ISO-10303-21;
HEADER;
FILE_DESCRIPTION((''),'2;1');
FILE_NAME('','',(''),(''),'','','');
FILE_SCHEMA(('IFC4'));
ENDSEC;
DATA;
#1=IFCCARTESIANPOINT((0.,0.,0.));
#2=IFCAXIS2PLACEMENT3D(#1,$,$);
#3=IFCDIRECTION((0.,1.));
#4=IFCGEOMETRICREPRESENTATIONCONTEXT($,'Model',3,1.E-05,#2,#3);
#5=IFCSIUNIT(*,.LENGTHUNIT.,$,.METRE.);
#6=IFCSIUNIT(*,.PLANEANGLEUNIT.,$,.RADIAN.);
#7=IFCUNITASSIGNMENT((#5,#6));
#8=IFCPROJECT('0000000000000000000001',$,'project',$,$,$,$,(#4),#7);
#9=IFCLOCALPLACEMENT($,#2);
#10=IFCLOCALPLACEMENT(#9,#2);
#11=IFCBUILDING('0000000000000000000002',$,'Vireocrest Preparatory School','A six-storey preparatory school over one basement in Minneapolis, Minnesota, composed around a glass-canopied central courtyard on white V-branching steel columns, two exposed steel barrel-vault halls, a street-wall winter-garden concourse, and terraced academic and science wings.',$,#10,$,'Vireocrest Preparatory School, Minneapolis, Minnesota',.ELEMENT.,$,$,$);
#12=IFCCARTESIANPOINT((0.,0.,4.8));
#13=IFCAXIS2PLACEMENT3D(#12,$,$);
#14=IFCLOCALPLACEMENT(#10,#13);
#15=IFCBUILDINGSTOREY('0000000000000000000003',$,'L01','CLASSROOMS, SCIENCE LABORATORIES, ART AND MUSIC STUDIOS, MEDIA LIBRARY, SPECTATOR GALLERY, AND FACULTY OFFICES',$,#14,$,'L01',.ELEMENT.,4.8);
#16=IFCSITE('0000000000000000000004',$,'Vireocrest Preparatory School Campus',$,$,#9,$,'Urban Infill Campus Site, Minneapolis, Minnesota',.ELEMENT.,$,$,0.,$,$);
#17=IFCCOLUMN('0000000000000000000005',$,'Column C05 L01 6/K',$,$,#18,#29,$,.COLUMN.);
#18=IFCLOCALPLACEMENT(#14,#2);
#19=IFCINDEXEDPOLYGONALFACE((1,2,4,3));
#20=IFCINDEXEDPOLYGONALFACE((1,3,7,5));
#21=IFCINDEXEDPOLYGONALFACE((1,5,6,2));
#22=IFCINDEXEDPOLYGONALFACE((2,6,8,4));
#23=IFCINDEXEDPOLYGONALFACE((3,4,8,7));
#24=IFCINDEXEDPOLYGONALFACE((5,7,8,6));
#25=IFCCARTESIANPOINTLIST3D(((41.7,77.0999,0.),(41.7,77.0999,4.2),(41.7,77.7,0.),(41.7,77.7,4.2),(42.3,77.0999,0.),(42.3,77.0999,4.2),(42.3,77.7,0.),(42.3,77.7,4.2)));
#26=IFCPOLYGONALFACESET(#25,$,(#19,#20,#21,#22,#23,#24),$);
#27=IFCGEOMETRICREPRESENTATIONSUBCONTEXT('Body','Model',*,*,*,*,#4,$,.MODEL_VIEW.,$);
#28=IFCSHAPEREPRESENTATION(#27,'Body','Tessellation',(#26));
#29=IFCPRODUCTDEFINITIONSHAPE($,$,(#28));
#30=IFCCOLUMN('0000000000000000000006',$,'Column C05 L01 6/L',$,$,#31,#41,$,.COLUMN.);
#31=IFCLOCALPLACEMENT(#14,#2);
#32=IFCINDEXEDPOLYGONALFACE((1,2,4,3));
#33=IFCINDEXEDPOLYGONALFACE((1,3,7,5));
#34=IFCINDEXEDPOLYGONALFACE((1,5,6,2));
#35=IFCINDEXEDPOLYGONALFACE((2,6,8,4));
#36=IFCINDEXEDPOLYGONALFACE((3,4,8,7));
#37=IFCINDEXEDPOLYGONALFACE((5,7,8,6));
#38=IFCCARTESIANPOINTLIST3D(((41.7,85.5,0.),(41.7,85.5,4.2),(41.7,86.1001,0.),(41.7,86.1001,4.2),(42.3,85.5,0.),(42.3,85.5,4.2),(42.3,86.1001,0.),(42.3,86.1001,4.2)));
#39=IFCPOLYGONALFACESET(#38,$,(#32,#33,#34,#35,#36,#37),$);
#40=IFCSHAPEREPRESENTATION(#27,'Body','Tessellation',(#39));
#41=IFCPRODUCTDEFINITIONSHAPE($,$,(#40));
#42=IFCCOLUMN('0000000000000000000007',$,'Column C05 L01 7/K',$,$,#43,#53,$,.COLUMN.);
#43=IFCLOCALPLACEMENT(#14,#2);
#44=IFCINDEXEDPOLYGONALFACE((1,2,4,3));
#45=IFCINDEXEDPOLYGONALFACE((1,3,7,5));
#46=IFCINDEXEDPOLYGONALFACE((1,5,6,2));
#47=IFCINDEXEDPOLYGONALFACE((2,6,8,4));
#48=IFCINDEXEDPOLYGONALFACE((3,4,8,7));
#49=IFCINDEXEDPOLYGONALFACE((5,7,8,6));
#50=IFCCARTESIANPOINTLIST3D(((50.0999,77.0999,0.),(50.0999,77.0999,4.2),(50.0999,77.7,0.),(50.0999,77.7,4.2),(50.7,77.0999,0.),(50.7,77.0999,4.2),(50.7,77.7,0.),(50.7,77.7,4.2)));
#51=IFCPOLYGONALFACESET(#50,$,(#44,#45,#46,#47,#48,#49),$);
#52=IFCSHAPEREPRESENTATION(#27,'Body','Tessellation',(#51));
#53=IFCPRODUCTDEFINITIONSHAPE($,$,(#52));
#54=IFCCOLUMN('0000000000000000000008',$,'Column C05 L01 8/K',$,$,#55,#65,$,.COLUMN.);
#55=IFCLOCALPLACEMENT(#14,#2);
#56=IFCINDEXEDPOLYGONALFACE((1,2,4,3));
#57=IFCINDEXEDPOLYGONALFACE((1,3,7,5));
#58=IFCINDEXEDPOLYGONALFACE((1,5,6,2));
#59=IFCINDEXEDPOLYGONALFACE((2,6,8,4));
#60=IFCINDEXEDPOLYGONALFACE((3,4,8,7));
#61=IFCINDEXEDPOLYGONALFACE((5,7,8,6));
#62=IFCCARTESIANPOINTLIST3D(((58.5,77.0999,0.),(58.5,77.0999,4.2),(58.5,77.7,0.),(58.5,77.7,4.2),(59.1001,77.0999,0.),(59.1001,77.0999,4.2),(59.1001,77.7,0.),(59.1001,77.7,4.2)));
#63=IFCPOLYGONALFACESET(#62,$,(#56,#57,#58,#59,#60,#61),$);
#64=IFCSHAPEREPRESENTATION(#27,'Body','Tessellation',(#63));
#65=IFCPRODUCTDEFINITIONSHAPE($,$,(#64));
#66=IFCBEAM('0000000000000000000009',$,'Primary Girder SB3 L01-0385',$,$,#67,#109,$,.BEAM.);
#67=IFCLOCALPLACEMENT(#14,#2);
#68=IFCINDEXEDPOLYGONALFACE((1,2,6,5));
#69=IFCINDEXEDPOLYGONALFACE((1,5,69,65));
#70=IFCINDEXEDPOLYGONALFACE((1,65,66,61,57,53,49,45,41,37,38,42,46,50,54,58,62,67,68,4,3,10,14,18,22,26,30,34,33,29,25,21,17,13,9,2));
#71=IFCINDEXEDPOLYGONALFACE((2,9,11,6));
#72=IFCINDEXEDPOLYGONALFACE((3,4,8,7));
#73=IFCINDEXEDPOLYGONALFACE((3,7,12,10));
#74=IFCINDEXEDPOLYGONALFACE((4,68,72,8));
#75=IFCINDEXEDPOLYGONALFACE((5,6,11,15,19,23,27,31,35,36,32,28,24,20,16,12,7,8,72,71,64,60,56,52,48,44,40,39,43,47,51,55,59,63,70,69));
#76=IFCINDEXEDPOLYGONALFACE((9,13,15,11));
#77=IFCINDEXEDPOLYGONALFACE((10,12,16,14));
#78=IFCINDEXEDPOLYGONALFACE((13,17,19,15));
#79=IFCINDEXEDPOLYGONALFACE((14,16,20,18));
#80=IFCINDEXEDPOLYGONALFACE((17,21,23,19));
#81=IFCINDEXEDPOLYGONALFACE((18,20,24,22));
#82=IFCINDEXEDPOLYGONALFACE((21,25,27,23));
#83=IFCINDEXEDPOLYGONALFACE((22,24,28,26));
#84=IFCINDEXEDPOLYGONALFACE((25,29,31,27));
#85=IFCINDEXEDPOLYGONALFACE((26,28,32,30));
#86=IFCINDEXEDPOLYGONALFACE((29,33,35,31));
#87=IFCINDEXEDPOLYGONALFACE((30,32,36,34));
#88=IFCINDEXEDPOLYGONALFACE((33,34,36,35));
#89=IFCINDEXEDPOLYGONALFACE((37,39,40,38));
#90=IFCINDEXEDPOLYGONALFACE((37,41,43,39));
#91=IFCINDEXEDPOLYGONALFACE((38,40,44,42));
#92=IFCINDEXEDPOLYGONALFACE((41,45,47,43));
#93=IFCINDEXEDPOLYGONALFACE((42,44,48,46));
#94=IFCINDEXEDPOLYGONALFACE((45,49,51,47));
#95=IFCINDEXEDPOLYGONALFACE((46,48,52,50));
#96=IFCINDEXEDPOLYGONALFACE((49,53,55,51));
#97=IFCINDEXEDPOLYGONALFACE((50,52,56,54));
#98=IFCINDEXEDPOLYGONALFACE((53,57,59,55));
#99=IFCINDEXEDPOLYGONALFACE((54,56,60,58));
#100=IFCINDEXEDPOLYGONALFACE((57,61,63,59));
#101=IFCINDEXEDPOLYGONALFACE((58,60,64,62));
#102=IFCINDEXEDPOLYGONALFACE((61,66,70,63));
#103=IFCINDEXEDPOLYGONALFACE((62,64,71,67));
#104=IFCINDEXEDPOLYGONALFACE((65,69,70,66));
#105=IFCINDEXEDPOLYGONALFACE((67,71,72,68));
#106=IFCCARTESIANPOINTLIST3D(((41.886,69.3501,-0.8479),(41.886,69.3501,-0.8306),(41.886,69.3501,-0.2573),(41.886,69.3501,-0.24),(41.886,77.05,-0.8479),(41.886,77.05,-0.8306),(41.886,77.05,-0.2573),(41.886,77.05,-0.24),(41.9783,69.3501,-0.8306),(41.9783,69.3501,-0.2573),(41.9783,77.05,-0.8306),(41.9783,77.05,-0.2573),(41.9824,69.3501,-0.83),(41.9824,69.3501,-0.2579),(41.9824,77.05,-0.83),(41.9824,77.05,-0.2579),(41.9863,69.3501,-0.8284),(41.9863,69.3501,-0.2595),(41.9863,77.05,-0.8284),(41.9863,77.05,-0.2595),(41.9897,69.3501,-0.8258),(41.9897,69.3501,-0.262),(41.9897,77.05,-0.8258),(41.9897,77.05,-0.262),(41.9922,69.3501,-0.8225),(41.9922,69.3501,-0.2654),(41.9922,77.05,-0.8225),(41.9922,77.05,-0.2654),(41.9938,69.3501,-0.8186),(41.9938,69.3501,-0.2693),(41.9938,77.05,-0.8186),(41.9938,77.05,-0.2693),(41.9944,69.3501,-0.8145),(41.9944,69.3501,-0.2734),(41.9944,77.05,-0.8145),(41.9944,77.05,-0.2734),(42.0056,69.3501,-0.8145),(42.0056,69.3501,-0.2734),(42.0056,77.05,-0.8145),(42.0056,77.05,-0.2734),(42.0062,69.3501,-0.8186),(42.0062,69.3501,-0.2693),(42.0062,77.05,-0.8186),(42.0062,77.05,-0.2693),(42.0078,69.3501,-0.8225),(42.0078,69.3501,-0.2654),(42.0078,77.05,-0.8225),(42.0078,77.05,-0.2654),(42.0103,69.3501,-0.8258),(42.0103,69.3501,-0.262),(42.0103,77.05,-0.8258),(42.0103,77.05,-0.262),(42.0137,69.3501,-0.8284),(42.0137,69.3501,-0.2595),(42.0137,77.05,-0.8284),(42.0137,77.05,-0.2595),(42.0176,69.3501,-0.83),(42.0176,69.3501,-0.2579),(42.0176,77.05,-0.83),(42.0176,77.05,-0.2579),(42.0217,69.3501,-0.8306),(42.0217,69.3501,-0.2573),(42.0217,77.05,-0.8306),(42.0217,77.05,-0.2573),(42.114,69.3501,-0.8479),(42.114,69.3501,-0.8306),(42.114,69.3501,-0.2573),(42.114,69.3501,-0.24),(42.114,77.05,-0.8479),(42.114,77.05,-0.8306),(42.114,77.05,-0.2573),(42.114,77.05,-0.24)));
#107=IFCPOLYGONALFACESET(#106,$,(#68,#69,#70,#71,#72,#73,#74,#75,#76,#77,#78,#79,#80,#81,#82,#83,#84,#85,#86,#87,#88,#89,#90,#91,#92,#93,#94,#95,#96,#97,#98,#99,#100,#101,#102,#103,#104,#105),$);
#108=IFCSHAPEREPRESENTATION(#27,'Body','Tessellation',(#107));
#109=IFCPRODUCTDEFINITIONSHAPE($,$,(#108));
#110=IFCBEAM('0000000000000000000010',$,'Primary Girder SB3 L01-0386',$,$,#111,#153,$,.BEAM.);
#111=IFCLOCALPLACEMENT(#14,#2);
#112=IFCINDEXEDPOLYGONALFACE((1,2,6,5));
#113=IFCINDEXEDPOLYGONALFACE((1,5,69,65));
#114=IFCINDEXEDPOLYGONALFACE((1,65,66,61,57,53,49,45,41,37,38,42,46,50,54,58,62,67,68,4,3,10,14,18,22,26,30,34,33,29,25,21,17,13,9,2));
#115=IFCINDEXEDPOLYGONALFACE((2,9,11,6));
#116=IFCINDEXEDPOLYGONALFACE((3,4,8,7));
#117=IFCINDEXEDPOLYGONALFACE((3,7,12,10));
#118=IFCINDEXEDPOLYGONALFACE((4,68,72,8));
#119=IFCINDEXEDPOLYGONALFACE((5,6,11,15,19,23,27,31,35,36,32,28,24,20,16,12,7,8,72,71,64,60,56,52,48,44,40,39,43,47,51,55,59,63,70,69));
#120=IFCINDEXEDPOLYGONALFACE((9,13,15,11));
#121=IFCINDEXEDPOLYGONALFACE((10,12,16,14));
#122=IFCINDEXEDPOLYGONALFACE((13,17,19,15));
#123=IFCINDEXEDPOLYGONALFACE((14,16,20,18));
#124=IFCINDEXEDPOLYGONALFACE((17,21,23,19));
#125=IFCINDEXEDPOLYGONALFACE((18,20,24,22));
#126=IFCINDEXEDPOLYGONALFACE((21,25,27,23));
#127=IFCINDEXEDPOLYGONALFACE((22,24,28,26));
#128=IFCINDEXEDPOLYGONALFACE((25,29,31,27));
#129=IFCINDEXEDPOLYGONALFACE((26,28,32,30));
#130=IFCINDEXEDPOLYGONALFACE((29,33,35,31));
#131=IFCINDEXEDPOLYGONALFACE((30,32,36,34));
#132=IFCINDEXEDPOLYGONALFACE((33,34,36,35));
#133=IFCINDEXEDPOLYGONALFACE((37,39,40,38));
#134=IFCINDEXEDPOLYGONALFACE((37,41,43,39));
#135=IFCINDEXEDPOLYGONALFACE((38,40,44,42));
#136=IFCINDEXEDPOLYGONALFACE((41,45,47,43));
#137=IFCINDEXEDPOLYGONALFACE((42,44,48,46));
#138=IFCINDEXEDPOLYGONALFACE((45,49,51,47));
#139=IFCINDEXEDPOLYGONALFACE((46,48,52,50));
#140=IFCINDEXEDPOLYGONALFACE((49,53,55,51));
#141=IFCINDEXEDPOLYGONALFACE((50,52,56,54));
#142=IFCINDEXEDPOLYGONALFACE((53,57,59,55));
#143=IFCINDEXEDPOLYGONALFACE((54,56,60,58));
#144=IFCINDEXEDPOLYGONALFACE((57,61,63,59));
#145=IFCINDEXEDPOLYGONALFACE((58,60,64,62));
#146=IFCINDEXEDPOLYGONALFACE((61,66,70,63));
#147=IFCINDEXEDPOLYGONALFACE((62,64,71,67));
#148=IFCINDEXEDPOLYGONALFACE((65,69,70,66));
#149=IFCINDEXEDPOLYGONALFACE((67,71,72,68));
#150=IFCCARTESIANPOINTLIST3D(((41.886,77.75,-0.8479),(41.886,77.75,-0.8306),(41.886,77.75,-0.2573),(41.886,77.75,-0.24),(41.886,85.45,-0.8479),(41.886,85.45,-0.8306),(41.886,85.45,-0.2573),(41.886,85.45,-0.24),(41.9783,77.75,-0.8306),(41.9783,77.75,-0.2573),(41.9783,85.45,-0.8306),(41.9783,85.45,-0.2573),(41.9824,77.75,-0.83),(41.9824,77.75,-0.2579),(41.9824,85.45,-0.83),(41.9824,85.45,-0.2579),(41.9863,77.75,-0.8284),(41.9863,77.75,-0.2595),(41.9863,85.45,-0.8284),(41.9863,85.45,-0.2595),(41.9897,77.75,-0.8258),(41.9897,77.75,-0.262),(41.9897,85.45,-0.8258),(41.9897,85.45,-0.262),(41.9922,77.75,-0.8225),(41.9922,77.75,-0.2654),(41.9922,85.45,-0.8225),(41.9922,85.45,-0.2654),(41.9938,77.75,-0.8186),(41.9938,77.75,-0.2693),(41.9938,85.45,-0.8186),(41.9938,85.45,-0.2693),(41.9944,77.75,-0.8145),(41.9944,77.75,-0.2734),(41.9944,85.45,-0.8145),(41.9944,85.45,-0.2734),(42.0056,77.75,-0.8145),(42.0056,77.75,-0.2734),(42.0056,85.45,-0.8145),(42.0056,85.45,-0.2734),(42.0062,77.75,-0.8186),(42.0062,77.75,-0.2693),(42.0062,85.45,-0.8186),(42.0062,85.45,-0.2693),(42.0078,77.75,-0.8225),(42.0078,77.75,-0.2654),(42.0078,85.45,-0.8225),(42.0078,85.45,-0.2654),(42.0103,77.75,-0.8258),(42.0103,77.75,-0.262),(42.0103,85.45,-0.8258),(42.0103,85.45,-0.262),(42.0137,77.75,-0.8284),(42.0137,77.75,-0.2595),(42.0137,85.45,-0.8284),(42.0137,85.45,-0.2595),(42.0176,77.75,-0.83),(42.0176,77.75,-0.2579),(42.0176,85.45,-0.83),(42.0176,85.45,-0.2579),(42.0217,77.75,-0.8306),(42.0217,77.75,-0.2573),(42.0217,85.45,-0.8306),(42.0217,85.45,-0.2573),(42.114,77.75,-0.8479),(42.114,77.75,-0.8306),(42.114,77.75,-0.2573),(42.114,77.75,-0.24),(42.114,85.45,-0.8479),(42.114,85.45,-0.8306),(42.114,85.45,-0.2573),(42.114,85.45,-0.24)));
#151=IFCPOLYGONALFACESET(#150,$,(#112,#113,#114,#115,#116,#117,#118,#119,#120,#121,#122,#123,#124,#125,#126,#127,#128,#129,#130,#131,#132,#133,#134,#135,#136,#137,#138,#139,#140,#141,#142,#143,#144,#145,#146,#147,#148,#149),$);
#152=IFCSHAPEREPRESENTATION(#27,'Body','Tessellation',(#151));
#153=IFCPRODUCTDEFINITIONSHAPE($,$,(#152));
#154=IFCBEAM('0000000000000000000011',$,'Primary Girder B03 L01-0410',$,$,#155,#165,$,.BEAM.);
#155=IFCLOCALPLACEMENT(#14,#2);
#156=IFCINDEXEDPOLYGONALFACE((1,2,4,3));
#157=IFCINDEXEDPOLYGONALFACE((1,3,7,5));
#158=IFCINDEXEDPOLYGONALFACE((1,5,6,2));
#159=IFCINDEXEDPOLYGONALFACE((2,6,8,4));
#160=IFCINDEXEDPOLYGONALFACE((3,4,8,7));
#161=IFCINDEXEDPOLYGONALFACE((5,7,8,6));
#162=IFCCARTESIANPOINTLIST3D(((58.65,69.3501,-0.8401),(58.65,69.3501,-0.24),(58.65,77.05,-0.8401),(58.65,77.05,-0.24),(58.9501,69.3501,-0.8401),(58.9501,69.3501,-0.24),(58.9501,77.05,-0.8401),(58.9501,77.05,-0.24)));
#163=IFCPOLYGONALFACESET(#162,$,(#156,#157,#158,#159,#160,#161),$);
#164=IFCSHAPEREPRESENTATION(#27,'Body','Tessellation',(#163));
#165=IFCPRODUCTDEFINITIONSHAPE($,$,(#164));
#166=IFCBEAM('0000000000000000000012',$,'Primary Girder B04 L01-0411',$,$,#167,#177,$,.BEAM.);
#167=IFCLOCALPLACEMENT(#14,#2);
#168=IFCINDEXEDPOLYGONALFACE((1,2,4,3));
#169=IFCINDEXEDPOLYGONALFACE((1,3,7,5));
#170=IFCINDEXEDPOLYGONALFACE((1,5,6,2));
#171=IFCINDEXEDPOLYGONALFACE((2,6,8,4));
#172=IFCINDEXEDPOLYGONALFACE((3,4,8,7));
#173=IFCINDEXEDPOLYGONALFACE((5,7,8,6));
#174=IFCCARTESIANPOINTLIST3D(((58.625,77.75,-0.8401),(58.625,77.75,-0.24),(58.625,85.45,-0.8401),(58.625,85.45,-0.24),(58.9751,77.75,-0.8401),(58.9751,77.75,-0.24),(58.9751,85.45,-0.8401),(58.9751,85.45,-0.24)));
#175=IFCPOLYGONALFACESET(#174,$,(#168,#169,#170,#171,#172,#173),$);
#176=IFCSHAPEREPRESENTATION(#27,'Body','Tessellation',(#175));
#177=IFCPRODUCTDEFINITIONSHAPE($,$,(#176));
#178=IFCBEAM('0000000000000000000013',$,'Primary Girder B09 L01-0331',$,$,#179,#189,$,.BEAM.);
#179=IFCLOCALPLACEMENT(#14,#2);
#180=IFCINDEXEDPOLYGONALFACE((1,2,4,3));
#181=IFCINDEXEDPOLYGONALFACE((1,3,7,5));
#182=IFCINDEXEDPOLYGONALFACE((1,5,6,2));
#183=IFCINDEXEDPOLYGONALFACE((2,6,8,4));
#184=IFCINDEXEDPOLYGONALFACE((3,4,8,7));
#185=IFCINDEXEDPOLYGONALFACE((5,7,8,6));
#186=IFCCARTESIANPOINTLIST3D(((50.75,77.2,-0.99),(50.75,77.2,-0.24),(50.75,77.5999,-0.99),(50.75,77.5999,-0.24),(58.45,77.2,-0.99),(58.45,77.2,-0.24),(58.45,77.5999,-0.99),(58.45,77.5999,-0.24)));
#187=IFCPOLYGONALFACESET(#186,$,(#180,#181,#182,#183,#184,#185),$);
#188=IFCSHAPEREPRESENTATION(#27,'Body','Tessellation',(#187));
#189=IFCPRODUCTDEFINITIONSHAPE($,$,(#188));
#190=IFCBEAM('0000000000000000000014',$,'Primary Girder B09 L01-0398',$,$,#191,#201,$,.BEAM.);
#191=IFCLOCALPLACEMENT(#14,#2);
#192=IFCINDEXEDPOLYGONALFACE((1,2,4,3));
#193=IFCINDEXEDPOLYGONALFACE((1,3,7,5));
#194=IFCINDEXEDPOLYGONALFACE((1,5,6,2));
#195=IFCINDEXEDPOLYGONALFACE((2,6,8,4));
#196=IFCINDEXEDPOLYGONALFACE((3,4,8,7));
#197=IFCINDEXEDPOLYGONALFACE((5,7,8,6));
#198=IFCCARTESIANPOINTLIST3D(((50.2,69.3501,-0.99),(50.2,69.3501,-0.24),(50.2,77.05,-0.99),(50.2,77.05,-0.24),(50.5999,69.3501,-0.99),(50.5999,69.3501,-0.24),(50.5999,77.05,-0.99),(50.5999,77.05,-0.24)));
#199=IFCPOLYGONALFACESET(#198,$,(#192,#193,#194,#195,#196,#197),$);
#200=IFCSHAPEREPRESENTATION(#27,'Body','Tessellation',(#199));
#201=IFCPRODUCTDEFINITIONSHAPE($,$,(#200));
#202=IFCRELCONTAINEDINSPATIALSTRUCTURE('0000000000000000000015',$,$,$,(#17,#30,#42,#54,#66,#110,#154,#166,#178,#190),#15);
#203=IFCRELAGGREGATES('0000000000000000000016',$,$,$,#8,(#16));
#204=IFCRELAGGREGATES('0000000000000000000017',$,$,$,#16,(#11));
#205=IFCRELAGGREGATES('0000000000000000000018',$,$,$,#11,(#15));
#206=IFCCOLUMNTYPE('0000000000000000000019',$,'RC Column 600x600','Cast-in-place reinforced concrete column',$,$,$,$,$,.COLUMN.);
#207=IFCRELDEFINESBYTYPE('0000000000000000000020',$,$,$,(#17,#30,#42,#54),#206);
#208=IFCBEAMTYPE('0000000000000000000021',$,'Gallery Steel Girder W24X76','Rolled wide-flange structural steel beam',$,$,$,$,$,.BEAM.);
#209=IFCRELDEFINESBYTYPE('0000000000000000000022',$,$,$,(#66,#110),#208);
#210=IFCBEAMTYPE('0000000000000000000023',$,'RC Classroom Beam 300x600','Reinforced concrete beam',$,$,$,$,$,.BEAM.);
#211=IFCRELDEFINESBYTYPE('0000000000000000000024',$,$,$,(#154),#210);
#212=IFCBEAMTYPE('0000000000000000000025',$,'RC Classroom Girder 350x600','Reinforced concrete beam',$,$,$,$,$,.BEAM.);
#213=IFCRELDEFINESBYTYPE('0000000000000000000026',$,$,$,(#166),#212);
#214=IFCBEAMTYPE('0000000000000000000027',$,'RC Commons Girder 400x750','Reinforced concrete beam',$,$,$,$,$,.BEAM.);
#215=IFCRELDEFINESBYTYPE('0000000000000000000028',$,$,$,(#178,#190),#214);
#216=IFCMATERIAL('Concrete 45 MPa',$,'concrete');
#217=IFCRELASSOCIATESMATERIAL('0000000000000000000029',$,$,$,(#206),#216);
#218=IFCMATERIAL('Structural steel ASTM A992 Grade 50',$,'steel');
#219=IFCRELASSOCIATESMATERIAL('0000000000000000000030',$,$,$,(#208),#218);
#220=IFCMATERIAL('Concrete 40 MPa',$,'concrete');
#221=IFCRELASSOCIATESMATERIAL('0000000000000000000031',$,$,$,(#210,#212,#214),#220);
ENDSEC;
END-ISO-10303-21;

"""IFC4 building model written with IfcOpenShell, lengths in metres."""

from ifc_helpers import new_model, si_unit, direction, frame, origin, origin_2d, place, context, subcontext, project, spatial, rectangle, i_section, extrude, material, material_profile, profile_set, type_object, element, save


model = new_model("IFC4")

# Units and contexts
model_context = context("Model", 3, precision=1e-05, world=origin(), true_north=direction((0.0, 1.0)))
body_context = subcontext(model_context, "Body", "Model", "MODEL_VIEW")
ifc_project = project(units=[si_unit("LENGTHUNIT", "METRE"), si_unit("PLANEANGLEUNIT", "RADIAN")], contexts=[model_context])

# Site, building, storey
site_placement = place(None, origin())
site = spatial("IfcSite", under=ifc_project, at=site_placement, Name="Vireocrest Preparatory School Campus", LongName="Urban Infill Campus Site, Minneapolis, Minnesota", CompositionType="ELEMENT", RefElevation=0.0)
building_placement = place(site_placement, origin())
building = spatial("IfcBuilding", under=site, at=building_placement, Name="Vireocrest Preparatory School", Description="A six-storey preparatory school over one basement in Minneapolis, Minnesota, composed around a glass-canopied central courtyard on white V-branching steel columns, two exposed steel barrel-vault halls, a street-wall winter-garden concourse, and terraced academic and science wings.", LongName="Vireocrest Preparatory School, Minneapolis, Minnesota", CompositionType="ELEMENT")
storey_placement = place(building_placement, frame((0.0, 0.0, 4.8)))
storey = spatial("IfcBuildingStorey", under=building, at=storey_placement, Name="L01", Description="CLASSROOMS, SCIENCE LABORATORIES, ART AND MUSIC STUDIOS, MEDIA LIBRARY, SPECTATOR GALLERY, AND FACULTY OFFICES", LongName="L01", CompositionType="ELEMENT", Elevation=4.8)

# Columns
ifc_material_1 = material(Name="Concrete 45 MPa", Category="concrete")
ifc_material_profile_1 = material_profile(ifc_material_1, rectangle(XDim=0.6001, YDim=0.6001, at=origin_2d()), Name="RC 600x600")
ifc_profile_set_1 = profile_set([ifc_material_profile_1], Name="Concrete 45 MPa")
column_type = type_object("IfcColumnType", Name="RC Column 600x600", Description="Cast-in-place reinforced concrete column", PredefinedType="COLUMN", material=ifc_profile_set_1)
for number, where, z_axis, x_axis, name in (
    (1, (42.0, 77.3999, 0.0), (0.0, 0.0, 1.0), (1.0, 0.0, 0.0), "Column C05 L01 6/K"),
    (2, (42.0, 85.8, 0.0), (0.0, 0.0, 1.0), (1.0, 0.0, 0.0), "Column C05 L01 6/L"),
    (3, (50.3999, 77.3999, 0.0), (0.0, 0.0, 1.0), (1.0, 0.0, 0.0), "Column C05 L01 7/K"),
    (4, (58.8, 77.3999, 0.0), (0.0, 0.0, 1.0), (1.0, 0.0, 0.0), "Column C05 L01 8/K"),
):
    element("IfcColumn", number, at=place(storey_placement, frame(where, z_axis=z_axis, x_axis=x_axis)), inside=storey, type_object=column_type, Name=name, PredefinedType="COLUMN", context=body_context, shape_type="SweptSolid", body=[
        extrude(rectangle(XDim=0.6001, YDim=0.6001, at=origin_2d()), origin(), (0.0, 0.0, 1.0), 4.2),
    ])

# Beams
ifc_material_2 = material(Name="Structural steel ASTM A992 Grade 50", Category="steel")
ifc_material_profile_2 = material_profile(ifc_material_2, i_section(OverallWidth=0.228, OverallDepth=0.6079, WebThickness=0.0112, FlangeThickness=0.0173, FilletRadius=0.0161, at=origin_2d()), Name="W24X76")
ifc_profile_set_2 = profile_set([ifc_material_profile_2], Name="Structural steel ASTM A992 Grade 50")
beam_type_1 = type_object("IfcBeamType", Name="Gallery Steel Girder W24X76", Description="Rolled wide-flange structural steel beam", PredefinedType="BEAM", material=ifc_profile_set_2)
for number, where, z_axis, x_axis, name in (
    (5, (42.0, 69.3501, -0.5439), (0.0, 1.0, 0.0), (-1.0, 0.0, 0.0), "Primary Girder SB3 L01-0385"),
    (6, (42.0, 77.75, -0.5439), (0.0, 1.0, 0.0), (-1.0, 0.0, 0.0), "Primary Girder SB3 L01-0386"),
):
    element("IfcBeam", number, at=place(storey_placement, frame(where, z_axis=z_axis, x_axis=x_axis)), inside=storey, type_object=beam_type_1, Name=name, PredefinedType="BEAM", context=body_context, shape_type="SweptSolid", body=[
        extrude(i_section(OverallWidth=0.228, OverallDepth=0.6079, WebThickness=0.0112, FlangeThickness=0.0173, FilletRadius=0.0161, at=origin_2d()), origin(), (0.0, 0.0, 1.0), 7.7),
    ])
ifc_material_3 = material(Name="Concrete 40 MPa", Category="concrete")
ifc_material_profile_3 = material_profile(ifc_material_3, rectangle(XDim=0.3, YDim=0.6001, at=origin_2d()), Name="RC 300x600")
ifc_profile_set_3 = profile_set([ifc_material_profile_3], Name="Concrete 40 MPa")
beam_type_2 = type_object("IfcBeamType", Name="RC Classroom Beam 300x600", Description="Reinforced concrete beam", PredefinedType="BEAM", material=ifc_profile_set_3)
beam_1_placement = place(storey_placement, frame((58.8, 69.3501, -0.54), z_axis=(0.0, 1.0, 0.0), x_axis=(-1.0, 0.0, 0.0)))
element("IfcBeam", 7, at=beam_1_placement, inside=storey, type_object=beam_type_2, Name="Primary Girder B03 L01-0410", PredefinedType="BEAM", context=body_context, shape_type="SweptSolid", body=[
    extrude(rectangle(XDim=0.3, YDim=0.6001, at=origin_2d()), origin(), (0.0, 0.0, 1.0), 7.7),
])
ifc_material_profile_4 = material_profile(ifc_material_3, rectangle(XDim=0.3501, YDim=0.6001, at=origin_2d()), Name="RC 350x600")
ifc_profile_set_4 = profile_set([ifc_material_profile_4], Name="Concrete 40 MPa")
beam_type_3 = type_object("IfcBeamType", Name="RC Classroom Girder 350x600", Description="Reinforced concrete beam", PredefinedType="BEAM", material=ifc_profile_set_4)
beam_2_placement = place(storey_placement, frame((58.8, 77.75, -0.54), z_axis=(0.0, 1.0, 0.0), x_axis=(-1.0, 0.0, 0.0)))
element("IfcBeam", 8, at=beam_2_placement, inside=storey, type_object=beam_type_3, Name="Primary Girder B04 L01-0411", PredefinedType="BEAM", context=body_context, shape_type="SweptSolid", body=[
    extrude(rectangle(XDim=0.3501, YDim=0.6001, at=origin_2d()), origin(), (0.0, 0.0, 1.0), 7.7),
])
ifc_material_profile_5 = material_profile(ifc_material_3, rectangle(XDim=0.3999, YDim=0.75, at=origin_2d()), Name="RC 400x750")
ifc_profile_set_5 = profile_set([ifc_material_profile_5], Name="Concrete 40 MPa")
beam_type_4 = type_object("IfcBeamType", Name="RC Commons Girder 400x750", Description="Reinforced concrete beam", PredefinedType="BEAM", material=ifc_profile_set_5)
for number, where, z_axis, x_axis, name in (
    (9, (50.75, 77.3999, -0.615), (1.0, 0.0, 0.0), (0.0, 1.0, 0.0), "Primary Girder B09 L01-0331"),
    (10, (50.3999, 69.3501, -0.615), (0.0, 1.0, 0.0), (-1.0, 0.0, 0.0), "Primary Girder B09 L01-0398"),
):
    element("IfcBeam", number, at=place(storey_placement, frame(where, z_axis=z_axis, x_axis=x_axis)), inside=storey, type_object=beam_type_4, Name=name, PredefinedType="BEAM", context=body_context, shape_type="SweptSolid", body=[
        extrude(rectangle(XDim=0.3999, YDim=0.75, at=origin_2d()), origin(), (0.0, 0.0, 1.0), 7.7),
    ])

save(model, "model.ifc")
